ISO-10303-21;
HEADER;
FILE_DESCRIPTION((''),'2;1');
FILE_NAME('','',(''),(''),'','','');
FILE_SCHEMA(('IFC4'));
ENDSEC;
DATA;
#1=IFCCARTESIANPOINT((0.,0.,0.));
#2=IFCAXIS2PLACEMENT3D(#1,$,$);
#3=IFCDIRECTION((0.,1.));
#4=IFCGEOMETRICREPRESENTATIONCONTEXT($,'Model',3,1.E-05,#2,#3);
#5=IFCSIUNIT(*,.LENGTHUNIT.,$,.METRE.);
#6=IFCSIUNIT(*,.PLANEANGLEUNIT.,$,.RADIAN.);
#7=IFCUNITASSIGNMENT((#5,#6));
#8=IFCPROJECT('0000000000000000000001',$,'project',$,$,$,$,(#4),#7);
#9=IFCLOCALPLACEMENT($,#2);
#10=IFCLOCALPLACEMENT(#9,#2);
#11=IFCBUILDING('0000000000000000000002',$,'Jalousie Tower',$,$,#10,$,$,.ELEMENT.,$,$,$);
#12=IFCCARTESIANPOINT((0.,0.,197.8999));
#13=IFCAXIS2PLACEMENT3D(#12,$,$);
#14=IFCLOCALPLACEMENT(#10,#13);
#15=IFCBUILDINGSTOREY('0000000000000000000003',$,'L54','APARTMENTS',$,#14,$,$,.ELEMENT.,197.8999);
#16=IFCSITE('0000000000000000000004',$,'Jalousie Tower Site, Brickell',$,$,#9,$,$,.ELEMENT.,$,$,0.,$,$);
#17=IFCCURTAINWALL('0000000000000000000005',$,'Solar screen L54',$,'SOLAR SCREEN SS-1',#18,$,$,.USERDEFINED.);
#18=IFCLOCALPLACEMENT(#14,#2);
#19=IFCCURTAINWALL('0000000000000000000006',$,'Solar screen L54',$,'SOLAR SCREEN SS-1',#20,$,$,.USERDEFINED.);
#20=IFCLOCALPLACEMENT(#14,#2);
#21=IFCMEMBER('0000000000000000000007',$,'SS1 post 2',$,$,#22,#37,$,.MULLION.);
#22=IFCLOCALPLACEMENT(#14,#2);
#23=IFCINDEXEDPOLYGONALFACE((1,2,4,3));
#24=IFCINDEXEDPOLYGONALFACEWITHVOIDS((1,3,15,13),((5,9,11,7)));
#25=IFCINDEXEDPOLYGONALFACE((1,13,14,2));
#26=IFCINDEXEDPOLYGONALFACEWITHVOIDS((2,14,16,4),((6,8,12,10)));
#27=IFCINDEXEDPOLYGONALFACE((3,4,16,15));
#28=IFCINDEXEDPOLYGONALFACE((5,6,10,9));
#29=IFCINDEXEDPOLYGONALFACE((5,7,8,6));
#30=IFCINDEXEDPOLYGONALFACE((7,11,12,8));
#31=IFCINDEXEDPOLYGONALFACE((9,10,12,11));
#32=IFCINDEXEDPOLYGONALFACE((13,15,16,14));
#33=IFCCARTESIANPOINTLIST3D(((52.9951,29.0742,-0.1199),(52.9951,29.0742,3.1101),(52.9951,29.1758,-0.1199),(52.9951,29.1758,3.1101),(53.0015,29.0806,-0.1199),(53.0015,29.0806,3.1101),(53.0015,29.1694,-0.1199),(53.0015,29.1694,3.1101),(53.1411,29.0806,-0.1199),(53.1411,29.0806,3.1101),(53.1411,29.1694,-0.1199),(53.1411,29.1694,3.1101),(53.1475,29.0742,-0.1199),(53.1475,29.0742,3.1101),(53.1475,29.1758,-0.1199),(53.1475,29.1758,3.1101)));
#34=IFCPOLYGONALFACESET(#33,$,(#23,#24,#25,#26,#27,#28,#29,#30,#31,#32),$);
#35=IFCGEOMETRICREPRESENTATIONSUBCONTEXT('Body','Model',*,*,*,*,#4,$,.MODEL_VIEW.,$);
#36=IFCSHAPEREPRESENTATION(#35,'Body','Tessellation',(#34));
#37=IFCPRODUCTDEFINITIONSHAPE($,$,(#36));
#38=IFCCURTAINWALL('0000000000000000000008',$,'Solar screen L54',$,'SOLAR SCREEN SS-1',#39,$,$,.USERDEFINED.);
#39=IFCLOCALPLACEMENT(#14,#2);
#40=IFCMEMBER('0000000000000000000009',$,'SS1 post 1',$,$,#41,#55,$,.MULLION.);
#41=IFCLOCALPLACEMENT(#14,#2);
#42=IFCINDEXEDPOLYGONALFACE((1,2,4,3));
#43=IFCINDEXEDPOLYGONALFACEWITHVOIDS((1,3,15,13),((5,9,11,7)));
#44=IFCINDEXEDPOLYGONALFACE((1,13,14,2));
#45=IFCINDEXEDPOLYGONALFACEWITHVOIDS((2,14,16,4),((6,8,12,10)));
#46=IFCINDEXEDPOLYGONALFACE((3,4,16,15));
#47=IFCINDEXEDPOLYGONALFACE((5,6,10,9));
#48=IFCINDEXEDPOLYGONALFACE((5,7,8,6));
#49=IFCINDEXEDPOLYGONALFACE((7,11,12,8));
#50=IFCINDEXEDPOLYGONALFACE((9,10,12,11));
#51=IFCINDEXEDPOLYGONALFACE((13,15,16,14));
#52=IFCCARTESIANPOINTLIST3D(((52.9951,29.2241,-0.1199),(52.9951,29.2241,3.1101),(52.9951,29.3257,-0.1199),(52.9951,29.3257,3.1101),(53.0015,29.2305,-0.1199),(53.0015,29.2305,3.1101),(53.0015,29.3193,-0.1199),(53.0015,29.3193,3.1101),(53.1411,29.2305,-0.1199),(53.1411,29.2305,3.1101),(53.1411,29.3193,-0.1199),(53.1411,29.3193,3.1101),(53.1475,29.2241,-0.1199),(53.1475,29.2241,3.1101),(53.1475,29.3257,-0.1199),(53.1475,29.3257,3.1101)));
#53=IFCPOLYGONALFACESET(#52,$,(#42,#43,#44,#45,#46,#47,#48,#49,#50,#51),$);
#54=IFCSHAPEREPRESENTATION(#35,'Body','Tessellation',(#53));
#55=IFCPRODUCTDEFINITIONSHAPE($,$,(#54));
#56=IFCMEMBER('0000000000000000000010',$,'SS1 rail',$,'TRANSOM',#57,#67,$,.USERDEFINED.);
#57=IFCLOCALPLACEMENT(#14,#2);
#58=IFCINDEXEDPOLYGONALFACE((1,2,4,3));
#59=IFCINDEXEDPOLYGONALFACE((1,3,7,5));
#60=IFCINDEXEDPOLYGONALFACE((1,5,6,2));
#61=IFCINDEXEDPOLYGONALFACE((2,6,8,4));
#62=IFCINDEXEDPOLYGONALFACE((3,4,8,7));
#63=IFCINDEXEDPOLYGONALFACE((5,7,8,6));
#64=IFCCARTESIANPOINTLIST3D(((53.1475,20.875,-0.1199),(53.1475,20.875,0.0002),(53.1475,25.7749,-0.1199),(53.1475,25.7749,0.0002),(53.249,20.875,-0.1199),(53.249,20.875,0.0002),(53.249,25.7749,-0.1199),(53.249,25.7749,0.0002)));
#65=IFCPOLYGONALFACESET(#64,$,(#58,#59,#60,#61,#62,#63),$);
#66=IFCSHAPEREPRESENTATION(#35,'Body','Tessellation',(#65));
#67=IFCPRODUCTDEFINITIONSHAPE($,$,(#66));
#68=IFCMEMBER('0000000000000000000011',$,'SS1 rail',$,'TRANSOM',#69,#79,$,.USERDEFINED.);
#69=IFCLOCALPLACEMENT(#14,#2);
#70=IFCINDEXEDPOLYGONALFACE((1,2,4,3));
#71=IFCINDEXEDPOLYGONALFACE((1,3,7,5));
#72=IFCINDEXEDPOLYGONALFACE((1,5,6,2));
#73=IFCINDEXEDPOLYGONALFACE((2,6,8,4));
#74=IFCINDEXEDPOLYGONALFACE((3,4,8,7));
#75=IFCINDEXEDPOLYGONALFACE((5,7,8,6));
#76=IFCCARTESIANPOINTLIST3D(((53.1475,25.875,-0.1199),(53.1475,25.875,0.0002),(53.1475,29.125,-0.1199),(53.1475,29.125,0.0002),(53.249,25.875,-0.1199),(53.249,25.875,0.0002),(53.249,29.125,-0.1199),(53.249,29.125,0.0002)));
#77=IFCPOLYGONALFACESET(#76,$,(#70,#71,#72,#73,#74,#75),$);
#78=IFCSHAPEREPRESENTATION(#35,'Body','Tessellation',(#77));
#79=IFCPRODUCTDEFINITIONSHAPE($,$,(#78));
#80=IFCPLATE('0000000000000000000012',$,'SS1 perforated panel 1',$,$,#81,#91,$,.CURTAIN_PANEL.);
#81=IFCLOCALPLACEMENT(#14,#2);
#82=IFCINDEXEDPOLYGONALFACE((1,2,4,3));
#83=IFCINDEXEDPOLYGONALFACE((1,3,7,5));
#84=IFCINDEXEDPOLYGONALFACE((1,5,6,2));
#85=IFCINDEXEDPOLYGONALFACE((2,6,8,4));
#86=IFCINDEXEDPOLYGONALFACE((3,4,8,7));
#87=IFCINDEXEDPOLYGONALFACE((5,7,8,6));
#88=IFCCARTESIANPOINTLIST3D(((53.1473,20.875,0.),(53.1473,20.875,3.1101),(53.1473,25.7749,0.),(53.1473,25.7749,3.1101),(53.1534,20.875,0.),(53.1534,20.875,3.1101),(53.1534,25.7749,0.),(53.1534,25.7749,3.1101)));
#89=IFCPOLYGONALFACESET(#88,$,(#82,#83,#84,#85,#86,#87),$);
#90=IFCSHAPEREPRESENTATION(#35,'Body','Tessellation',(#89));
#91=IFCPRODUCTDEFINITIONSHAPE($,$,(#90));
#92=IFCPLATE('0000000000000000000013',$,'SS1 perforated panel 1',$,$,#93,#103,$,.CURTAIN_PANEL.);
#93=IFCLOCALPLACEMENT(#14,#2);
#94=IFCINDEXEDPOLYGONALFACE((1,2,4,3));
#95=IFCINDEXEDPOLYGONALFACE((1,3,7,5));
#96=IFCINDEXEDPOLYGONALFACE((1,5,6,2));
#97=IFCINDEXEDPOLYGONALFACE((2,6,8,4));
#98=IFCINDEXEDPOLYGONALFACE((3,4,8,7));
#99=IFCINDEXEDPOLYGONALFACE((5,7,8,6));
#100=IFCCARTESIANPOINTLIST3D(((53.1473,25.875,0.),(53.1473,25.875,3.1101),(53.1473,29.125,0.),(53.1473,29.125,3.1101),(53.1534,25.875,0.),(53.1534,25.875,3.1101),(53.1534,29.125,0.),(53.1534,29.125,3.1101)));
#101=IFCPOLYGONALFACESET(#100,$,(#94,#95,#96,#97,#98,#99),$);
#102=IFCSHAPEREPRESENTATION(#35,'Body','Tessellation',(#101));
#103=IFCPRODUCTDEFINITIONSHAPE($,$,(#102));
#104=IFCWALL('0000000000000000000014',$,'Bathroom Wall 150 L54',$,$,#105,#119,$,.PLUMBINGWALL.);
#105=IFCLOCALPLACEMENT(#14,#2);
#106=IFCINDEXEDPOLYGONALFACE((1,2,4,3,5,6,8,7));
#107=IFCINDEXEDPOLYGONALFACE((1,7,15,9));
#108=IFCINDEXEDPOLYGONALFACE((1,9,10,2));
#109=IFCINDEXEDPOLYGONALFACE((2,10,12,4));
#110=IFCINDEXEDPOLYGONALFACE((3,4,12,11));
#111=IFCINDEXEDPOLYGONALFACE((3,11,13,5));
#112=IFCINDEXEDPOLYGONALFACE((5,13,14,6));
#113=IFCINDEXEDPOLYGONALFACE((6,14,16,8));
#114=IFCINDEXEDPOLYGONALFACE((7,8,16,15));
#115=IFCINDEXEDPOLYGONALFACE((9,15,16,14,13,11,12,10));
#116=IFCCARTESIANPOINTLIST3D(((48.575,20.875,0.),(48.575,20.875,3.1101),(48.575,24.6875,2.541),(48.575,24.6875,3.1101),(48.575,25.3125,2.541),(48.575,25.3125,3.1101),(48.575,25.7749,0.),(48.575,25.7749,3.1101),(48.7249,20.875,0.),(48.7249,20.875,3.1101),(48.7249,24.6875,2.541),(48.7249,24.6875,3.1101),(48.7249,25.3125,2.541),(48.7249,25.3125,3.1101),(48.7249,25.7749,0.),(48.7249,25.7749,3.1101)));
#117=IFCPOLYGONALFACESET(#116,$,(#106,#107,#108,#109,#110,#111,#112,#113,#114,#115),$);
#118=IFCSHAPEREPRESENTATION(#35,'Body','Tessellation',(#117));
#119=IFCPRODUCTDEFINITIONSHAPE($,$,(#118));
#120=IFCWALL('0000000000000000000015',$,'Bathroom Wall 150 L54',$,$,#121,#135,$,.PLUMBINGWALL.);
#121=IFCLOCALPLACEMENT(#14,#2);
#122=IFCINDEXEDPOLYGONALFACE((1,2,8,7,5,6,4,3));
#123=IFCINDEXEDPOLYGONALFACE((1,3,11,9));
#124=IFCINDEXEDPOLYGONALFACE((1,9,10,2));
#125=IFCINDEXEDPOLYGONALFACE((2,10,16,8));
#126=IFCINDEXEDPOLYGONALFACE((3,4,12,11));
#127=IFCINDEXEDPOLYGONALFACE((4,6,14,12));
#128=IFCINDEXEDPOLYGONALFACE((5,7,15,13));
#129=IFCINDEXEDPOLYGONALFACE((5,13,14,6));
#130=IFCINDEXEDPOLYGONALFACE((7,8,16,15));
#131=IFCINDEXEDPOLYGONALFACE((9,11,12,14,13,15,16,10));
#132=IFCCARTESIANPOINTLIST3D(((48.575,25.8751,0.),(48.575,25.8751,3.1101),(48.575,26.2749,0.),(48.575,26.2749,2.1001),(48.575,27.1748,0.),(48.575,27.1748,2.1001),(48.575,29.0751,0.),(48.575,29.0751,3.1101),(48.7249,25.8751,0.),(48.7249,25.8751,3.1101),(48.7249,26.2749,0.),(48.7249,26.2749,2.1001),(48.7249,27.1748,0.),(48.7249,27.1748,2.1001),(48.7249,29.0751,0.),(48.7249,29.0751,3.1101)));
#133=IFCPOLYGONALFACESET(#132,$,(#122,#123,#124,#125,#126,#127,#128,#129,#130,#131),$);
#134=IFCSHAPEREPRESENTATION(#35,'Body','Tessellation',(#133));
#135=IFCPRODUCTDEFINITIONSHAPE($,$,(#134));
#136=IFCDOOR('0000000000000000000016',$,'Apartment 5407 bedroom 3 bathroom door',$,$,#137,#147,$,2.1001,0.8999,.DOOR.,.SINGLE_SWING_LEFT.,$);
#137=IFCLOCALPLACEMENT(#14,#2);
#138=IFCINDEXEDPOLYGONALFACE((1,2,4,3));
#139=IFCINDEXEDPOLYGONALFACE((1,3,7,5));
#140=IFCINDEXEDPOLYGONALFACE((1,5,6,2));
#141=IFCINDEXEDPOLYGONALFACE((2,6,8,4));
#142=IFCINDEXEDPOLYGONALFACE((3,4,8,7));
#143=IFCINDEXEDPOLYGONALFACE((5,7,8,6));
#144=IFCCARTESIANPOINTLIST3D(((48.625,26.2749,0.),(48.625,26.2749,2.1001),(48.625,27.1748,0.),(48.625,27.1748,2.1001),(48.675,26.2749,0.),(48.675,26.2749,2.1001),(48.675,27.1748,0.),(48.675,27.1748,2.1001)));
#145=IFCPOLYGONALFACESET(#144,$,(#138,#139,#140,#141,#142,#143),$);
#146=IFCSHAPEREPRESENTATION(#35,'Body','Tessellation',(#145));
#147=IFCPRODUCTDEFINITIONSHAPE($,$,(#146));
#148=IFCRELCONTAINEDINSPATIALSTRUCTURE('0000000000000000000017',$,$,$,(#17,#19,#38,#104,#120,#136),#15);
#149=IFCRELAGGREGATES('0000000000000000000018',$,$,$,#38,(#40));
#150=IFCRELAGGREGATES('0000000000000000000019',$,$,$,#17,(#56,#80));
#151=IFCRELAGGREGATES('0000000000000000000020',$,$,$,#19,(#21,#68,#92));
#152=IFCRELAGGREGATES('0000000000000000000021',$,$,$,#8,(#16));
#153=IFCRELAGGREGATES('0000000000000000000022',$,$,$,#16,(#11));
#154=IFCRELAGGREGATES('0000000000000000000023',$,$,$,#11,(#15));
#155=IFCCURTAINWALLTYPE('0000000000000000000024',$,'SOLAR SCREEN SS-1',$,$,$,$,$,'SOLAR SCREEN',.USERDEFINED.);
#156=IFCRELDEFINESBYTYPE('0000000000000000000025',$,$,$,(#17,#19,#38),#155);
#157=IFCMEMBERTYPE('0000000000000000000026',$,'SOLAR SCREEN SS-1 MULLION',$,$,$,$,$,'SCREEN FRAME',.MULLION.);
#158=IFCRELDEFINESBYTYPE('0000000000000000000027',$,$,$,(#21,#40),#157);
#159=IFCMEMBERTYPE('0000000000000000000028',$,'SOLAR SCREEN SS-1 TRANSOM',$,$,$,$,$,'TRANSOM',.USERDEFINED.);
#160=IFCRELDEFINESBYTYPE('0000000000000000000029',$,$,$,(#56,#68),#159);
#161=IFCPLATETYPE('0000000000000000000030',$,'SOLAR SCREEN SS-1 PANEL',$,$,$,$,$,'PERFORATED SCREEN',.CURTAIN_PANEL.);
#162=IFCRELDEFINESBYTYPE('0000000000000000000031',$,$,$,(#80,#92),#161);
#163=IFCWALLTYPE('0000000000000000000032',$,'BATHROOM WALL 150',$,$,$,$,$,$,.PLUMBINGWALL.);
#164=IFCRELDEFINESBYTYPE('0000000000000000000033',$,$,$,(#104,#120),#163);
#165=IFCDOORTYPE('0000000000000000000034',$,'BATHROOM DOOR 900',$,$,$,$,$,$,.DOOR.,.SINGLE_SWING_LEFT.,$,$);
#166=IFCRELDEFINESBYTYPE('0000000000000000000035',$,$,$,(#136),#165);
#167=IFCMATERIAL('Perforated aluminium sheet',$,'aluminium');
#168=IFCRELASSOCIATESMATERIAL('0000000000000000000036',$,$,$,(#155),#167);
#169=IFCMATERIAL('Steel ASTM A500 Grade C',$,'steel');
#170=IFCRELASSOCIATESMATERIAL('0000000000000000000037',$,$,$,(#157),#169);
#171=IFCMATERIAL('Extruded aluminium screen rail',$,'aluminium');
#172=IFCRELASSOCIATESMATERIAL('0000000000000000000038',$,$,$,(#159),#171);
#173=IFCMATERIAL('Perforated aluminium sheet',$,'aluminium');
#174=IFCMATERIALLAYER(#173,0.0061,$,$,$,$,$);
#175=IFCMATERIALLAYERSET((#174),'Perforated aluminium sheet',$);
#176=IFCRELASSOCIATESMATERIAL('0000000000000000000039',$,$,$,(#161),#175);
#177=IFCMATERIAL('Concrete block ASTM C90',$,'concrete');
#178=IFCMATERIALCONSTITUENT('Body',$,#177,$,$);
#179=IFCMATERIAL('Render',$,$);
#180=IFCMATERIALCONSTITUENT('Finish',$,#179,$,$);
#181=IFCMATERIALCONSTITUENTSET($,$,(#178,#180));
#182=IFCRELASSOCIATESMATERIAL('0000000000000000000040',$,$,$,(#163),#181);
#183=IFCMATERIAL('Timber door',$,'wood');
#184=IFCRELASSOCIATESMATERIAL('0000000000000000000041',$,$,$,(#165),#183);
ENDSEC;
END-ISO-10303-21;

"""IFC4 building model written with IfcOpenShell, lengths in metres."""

from ifc_helpers import new_model, si_unit, direction, frame, frame_2d, origin, origin_2d, place, context, subcontext, project, spatial, polyline, rectangle, hollow_rectangle, outline, extrude, material, layer, layer_set, constituent, constituent_set, material_profile, profile_set, type_object, element, fill, aggregate, save


model = new_model("IFC4")

# Units and contexts
model_context = context("Model", 3, precision=1e-05, world=origin(), true_north=direction((0.0, 1.0)))
body_context = subcontext(model_context, "Body", "Model", "MODEL_VIEW")
ifc_project = project(units=[si_unit("LENGTHUNIT", "METRE"), si_unit("PLANEANGLEUNIT", "RADIAN")], contexts=[model_context])

# Site, building, storey
site_placement = place(None, origin())
site = spatial("IfcSite", under=ifc_project, at=site_placement, Name="Jalousie Tower Site, Brickell", CompositionType="ELEMENT", RefElevation=0.0)
building_placement = place(site_placement, origin())
building = spatial("IfcBuilding", under=site, at=building_placement, Name="Jalousie Tower", CompositionType="ELEMENT")
storey_placement = place(building_placement, frame((0.0, 0.0, 197.8999)))
storey = spatial("IfcBuildingStorey", under=building, at=storey_placement, Name="L54", Description="APARTMENTS", CompositionType="ELEMENT", Elevation=197.8999)

# Curtain walls, member
ifc_material_1 = material(Name="Perforated aluminium sheet", Category="aluminium")
curtain_wall_type = type_object("IfcCurtainWallType", Name="SOLAR SCREEN SS-1", ElementType="SOLAR SCREEN", PredefinedType="USERDEFINED", material=ifc_material_1)
curtain_wall_1_placement = place(storey_placement, origin())
curtain_wall_1 = element("IfcCurtainWall", 1, at=curtain_wall_1_placement, inside=storey, type_object=curtain_wall_type, Name="Solar screen L54", ObjectType="SOLAR SCREEN SS-1", PredefinedType="USERDEFINED")
ifc_material_2 = material(Name="Steel ASTM A500 Grade C", Category="steel")
ifc_material_profile_1 = material_profile(ifc_material_2, hollow_rectangle(XDim=0.1016, YDim=0.1523, WallThickness=0.0063, at=origin_2d()), Name="HSS6X4X1/4")
ifc_profile_set_1 = profile_set([ifc_material_profile_1], Name="Steel ASTM A500 Grade C")
member_type_1 = type_object("IfcMemberType", Name="SOLAR SCREEN SS-1 MULLION", ElementType="SCREEN FRAME", PredefinedType="MULLION", material=ifc_profile_set_1)
curtain_wall_2_placement = place(storey_placement, origin())
curtain_wall_2 = element("IfcCurtainWall", 2, at=curtain_wall_2_placement, inside=storey, type_object=curtain_wall_type, Name="Solar screen L54", ObjectType="SOLAR SCREEN SS-1", PredefinedType="USERDEFINED")
member_1_placement = place(storey_placement, frame((53.0713, 29.125, -0.1199), z_axis=(0.0, 0.0, 1.0), x_axis=(0.0, 1.0, 0.0)))
member_1 = element("IfcMember", 3, at=member_1_placement, type_object=member_type_1, Name="SS1 post 2", PredefinedType="MULLION", context=body_context, shape_type="SweptSolid", body=[
    extrude(hollow_rectangle(XDim=0.1016, YDim=0.1523, WallThickness=0.0063, at=origin_2d()), origin(), (0.0, 0.0, 1.0), 3.23),
])

# Curtain wall, member
curtain_wall_3_placement = place(storey_placement, origin())
curtain_wall_3 = element("IfcCurtainWall", 4, at=curtain_wall_3_placement, inside=storey, type_object=curtain_wall_type, Name="Solar screen L54", ObjectType="SOLAR SCREEN SS-1", PredefinedType="USERDEFINED")
member_2_placement = place(storey_placement, frame((53.0713, 29.2749, -0.1199), z_axis=(0.0, 0.0, 1.0), x_axis=(0.0, 1.0, 0.0)))
member_2 = element("IfcMember", 5, at=member_2_placement, type_object=member_type_1, Name="SS1 post 1", PredefinedType="MULLION", context=body_context, shape_type="SweptSolid", body=[
    extrude(hollow_rectangle(XDim=0.1016, YDim=0.1523, WallThickness=0.0063, at=origin_2d()), origin(), (0.0, 0.0, 1.0), 3.23),
])
aggregate(curtain_wall_3, [member_2])

# Members
ifc_material_3 = material(Name="Extruded aluminium screen rail", Category="aluminium")
ifc_material_profile_2 = material_profile(ifc_material_3, rectangle(XDim=0.1016, YDim=0.1201, at=origin_2d()), Name="RAIL 102x120")
ifc_profile_set_2 = profile_set([ifc_material_profile_2], Name="Extruded aluminium screen rail")
member_type_2 = type_object("IfcMemberType", Name="SOLAR SCREEN SS-1 TRANSOM", ElementType="TRANSOM", PredefinedType="USERDEFINED", material=ifc_profile_set_2)
member_3_placement = place(storey_placement, frame((53.1982, 20.875, -0.0598), z_axis=(0.0, 1.0, 0.0), x_axis=(-1.0, 0.0, 0.0)))
member_3 = element("IfcMember", 6, at=member_3_placement, type_object=member_type_2, Name="SS1 rail", ObjectType="TRANSOM", PredefinedType="USERDEFINED", context=body_context, shape_type="SweptSolid", body=[
    extrude(rectangle(XDim=0.1016, YDim=0.1201, at=origin_2d()), origin(), (0.0, 0.0, 1.0), 4.8999),
])
member_4_placement = place(storey_placement, frame((53.1982, 25.875, -0.0598), z_axis=(0.0, 1.0, 0.0), x_axis=(-1.0, 0.0, 0.0)))
member_4 = element("IfcMember", 7, at=member_4_placement, type_object=member_type_2, Name="SS1 rail", ObjectType="TRANSOM", PredefinedType="USERDEFINED", context=body_context, shape_type="SweptSolid", body=[
    extrude(rectangle(XDim=0.1016, YDim=0.1201, at=origin_2d()), origin(), (0.0, 0.0, 1.0), 3.25),
])

# Plates
ifc_material_4 = material(Name="Perforated aluminium sheet", Category="aluminium")
ifc_layer_1 = layer(ifc_material_4, 0.0061)
ifc_layer_set_1 = layer_set([ifc_layer_1], Name="Perforated aluminium sheet")
plate_type = type_object("IfcPlateType", Name="SOLAR SCREEN SS-1 PANEL", ElementType="PERFORATED SCREEN", PredefinedType="CURTAIN_PANEL", material=ifc_layer_set_1)
plate_1_placement = place(storey_placement, frame((53.1504, 23.325, 0.0), z_axis=(0.0, 0.0, 1.0), x_axis=(0.0, 1.0, 0.0)))
plate_1 = element("IfcPlate", 8, at=plate_1_placement, type_object=plate_type, Name="SS1 perforated panel 1", PredefinedType="CURTAIN_PANEL", context=body_context, shape_type="SweptSolid", body=[
    extrude(rectangle(XDim=4.8999, YDim=0.0061, at=origin_2d()), origin(), (0.0, 0.0, 1.0), 3.1101),
])
aggregate(curtain_wall_1, [member_3, plate_1])
plate_2_placement = place(storey_placement, frame((53.1504, 27.5, 0.0), z_axis=(0.0, 0.0, 1.0), x_axis=(0.0, 1.0, 0.0)))
plate_2 = element("IfcPlate", 9, at=plate_2_placement, type_object=plate_type, Name="SS1 perforated panel 1", PredefinedType="CURTAIN_PANEL", context=body_context, shape_type="SweptSolid", body=[
    extrude(rectangle(XDim=3.25, YDim=0.0061, at=origin_2d()), origin(), (0.0, 0.0, 1.0), 3.1101),
])
aggregate(curtain_wall_2, [member_1, member_4, plate_2])

# Wall
ifc_material_5 = material(Name="Concrete block ASTM C90", Category="concrete")
ifc_constituent_1 = constituent(ifc_material_5, Name="Body")
ifc_material_6 = material(Name="Render")
ifc_constituent_2 = constituent(ifc_material_6, Name="Finish")
ifc_constituent_set_1 = constituent_set(constituents=[ifc_constituent_1, ifc_constituent_2])
wall_type_1 = type_object("IfcWallType", Name="BATHROOM WALL 150", PredefinedType="PLUMBINGWALL", material=ifc_constituent_set_1)
wall_1_placement = place(storey_placement, frame((48.6499, 20.875, 0.0), z_axis=(0.0, 0.0, 1.0), x_axis=(0.0, 1.0, 0.0)))
element("IfcWall", 10, at=wall_1_placement, inside=storey, type_object=wall_type_1, Name="Bathroom Wall 150 L54", PredefinedType="PLUMBINGWALL", context=body_context, shape_type="SweptSolid", body=[
    extrude(outline(polyline([(0.0, 0.0), (4.8999, 0.0), (4.8999, 3.1101), (4.4375, 3.1101), (4.4375, 2.541), (3.8125, 2.541), (3.8125, 3.1101), (0.0, 3.1101), (0.0, 0.0)])), frame((0.0, 0.075, 0.0), z_axis=(0.0, -1.0, 0.0), x_axis=(1.0, 0.0, 0.0)), (0.0, 0.0, 1.0), 0.1499),
])

# Wall, opening, door
wall_2_placement = place(storey_placement, frame((48.6499, 25.875, 0.0), z_axis=(0.0, 0.0, 1.0), x_axis=(0.0, 1.0, 0.0)))
wall_2 = element("IfcWall", 11, at=wall_2_placement, inside=storey, type_object=wall_type_1, Name="Bathroom Wall 150 L54", PredefinedType="PLUMBINGWALL", context=body_context, shape_type="SweptSolid", body=[
    extrude(rectangle(XDim=3.2, YDim=0.1499, at=frame_2d((1.6001, 0.0))), origin(), (0.0, 0.0, 1.0), 3.1101),
])
opening_1_placement = place(wall_2_placement, frame((0.3999, 0.0, 0.0)))
opening_1 = element("IfcOpeningElement", 12, at=opening_1_placement, cuts=wall_2, PredefinedType="OPENING", context=body_context, shape_type="SweptSolid", body=[
    extrude(rectangle(XDim=0.8999, YDim=2.1001, at=frame_2d((0.45, 1.05))), frame((0.0, 0.085, 0.0), z_axis=(0.0, -1.0, 0.0), x_axis=(1.0, 0.0, 0.0)), (0.0, 0.0, 1.0), 0.1699),
])
ifc_material_7 = material(Name="Timber door", Category="wood")
door_type_1 = type_object("IfcDoorType", Name="BATHROOM DOOR 900", OperationType="SINGLE_SWING_LEFT", PredefinedType="DOOR", material=ifc_material_7)
door_1_placement = place(opening_1_placement, origin())
door_1 = element("IfcDoor", 13, at=door_1_placement, inside=storey, type_object=door_type_1, Name="Apartment 5407 bedroom 3 bathroom door", OperationType="SINGLE_SWING_LEFT", OverallHeight=2.1001, OverallWidth=0.8999, PredefinedType="DOOR", context=body_context, shape_type="SweptSolid", body=[
    extrude(rectangle(XDim=0.8999, YDim=2.1001, at=frame_2d((0.45, 1.05))), frame((0.0, 0.0249, 0.0), z_axis=(0.0, -1.0, 0.0), x_axis=(1.0, 0.0, 0.0)), (0.0, 0.0, 1.0), 0.05),
])
fill(opening_1, door_1)

save(model, "model.ifc")
